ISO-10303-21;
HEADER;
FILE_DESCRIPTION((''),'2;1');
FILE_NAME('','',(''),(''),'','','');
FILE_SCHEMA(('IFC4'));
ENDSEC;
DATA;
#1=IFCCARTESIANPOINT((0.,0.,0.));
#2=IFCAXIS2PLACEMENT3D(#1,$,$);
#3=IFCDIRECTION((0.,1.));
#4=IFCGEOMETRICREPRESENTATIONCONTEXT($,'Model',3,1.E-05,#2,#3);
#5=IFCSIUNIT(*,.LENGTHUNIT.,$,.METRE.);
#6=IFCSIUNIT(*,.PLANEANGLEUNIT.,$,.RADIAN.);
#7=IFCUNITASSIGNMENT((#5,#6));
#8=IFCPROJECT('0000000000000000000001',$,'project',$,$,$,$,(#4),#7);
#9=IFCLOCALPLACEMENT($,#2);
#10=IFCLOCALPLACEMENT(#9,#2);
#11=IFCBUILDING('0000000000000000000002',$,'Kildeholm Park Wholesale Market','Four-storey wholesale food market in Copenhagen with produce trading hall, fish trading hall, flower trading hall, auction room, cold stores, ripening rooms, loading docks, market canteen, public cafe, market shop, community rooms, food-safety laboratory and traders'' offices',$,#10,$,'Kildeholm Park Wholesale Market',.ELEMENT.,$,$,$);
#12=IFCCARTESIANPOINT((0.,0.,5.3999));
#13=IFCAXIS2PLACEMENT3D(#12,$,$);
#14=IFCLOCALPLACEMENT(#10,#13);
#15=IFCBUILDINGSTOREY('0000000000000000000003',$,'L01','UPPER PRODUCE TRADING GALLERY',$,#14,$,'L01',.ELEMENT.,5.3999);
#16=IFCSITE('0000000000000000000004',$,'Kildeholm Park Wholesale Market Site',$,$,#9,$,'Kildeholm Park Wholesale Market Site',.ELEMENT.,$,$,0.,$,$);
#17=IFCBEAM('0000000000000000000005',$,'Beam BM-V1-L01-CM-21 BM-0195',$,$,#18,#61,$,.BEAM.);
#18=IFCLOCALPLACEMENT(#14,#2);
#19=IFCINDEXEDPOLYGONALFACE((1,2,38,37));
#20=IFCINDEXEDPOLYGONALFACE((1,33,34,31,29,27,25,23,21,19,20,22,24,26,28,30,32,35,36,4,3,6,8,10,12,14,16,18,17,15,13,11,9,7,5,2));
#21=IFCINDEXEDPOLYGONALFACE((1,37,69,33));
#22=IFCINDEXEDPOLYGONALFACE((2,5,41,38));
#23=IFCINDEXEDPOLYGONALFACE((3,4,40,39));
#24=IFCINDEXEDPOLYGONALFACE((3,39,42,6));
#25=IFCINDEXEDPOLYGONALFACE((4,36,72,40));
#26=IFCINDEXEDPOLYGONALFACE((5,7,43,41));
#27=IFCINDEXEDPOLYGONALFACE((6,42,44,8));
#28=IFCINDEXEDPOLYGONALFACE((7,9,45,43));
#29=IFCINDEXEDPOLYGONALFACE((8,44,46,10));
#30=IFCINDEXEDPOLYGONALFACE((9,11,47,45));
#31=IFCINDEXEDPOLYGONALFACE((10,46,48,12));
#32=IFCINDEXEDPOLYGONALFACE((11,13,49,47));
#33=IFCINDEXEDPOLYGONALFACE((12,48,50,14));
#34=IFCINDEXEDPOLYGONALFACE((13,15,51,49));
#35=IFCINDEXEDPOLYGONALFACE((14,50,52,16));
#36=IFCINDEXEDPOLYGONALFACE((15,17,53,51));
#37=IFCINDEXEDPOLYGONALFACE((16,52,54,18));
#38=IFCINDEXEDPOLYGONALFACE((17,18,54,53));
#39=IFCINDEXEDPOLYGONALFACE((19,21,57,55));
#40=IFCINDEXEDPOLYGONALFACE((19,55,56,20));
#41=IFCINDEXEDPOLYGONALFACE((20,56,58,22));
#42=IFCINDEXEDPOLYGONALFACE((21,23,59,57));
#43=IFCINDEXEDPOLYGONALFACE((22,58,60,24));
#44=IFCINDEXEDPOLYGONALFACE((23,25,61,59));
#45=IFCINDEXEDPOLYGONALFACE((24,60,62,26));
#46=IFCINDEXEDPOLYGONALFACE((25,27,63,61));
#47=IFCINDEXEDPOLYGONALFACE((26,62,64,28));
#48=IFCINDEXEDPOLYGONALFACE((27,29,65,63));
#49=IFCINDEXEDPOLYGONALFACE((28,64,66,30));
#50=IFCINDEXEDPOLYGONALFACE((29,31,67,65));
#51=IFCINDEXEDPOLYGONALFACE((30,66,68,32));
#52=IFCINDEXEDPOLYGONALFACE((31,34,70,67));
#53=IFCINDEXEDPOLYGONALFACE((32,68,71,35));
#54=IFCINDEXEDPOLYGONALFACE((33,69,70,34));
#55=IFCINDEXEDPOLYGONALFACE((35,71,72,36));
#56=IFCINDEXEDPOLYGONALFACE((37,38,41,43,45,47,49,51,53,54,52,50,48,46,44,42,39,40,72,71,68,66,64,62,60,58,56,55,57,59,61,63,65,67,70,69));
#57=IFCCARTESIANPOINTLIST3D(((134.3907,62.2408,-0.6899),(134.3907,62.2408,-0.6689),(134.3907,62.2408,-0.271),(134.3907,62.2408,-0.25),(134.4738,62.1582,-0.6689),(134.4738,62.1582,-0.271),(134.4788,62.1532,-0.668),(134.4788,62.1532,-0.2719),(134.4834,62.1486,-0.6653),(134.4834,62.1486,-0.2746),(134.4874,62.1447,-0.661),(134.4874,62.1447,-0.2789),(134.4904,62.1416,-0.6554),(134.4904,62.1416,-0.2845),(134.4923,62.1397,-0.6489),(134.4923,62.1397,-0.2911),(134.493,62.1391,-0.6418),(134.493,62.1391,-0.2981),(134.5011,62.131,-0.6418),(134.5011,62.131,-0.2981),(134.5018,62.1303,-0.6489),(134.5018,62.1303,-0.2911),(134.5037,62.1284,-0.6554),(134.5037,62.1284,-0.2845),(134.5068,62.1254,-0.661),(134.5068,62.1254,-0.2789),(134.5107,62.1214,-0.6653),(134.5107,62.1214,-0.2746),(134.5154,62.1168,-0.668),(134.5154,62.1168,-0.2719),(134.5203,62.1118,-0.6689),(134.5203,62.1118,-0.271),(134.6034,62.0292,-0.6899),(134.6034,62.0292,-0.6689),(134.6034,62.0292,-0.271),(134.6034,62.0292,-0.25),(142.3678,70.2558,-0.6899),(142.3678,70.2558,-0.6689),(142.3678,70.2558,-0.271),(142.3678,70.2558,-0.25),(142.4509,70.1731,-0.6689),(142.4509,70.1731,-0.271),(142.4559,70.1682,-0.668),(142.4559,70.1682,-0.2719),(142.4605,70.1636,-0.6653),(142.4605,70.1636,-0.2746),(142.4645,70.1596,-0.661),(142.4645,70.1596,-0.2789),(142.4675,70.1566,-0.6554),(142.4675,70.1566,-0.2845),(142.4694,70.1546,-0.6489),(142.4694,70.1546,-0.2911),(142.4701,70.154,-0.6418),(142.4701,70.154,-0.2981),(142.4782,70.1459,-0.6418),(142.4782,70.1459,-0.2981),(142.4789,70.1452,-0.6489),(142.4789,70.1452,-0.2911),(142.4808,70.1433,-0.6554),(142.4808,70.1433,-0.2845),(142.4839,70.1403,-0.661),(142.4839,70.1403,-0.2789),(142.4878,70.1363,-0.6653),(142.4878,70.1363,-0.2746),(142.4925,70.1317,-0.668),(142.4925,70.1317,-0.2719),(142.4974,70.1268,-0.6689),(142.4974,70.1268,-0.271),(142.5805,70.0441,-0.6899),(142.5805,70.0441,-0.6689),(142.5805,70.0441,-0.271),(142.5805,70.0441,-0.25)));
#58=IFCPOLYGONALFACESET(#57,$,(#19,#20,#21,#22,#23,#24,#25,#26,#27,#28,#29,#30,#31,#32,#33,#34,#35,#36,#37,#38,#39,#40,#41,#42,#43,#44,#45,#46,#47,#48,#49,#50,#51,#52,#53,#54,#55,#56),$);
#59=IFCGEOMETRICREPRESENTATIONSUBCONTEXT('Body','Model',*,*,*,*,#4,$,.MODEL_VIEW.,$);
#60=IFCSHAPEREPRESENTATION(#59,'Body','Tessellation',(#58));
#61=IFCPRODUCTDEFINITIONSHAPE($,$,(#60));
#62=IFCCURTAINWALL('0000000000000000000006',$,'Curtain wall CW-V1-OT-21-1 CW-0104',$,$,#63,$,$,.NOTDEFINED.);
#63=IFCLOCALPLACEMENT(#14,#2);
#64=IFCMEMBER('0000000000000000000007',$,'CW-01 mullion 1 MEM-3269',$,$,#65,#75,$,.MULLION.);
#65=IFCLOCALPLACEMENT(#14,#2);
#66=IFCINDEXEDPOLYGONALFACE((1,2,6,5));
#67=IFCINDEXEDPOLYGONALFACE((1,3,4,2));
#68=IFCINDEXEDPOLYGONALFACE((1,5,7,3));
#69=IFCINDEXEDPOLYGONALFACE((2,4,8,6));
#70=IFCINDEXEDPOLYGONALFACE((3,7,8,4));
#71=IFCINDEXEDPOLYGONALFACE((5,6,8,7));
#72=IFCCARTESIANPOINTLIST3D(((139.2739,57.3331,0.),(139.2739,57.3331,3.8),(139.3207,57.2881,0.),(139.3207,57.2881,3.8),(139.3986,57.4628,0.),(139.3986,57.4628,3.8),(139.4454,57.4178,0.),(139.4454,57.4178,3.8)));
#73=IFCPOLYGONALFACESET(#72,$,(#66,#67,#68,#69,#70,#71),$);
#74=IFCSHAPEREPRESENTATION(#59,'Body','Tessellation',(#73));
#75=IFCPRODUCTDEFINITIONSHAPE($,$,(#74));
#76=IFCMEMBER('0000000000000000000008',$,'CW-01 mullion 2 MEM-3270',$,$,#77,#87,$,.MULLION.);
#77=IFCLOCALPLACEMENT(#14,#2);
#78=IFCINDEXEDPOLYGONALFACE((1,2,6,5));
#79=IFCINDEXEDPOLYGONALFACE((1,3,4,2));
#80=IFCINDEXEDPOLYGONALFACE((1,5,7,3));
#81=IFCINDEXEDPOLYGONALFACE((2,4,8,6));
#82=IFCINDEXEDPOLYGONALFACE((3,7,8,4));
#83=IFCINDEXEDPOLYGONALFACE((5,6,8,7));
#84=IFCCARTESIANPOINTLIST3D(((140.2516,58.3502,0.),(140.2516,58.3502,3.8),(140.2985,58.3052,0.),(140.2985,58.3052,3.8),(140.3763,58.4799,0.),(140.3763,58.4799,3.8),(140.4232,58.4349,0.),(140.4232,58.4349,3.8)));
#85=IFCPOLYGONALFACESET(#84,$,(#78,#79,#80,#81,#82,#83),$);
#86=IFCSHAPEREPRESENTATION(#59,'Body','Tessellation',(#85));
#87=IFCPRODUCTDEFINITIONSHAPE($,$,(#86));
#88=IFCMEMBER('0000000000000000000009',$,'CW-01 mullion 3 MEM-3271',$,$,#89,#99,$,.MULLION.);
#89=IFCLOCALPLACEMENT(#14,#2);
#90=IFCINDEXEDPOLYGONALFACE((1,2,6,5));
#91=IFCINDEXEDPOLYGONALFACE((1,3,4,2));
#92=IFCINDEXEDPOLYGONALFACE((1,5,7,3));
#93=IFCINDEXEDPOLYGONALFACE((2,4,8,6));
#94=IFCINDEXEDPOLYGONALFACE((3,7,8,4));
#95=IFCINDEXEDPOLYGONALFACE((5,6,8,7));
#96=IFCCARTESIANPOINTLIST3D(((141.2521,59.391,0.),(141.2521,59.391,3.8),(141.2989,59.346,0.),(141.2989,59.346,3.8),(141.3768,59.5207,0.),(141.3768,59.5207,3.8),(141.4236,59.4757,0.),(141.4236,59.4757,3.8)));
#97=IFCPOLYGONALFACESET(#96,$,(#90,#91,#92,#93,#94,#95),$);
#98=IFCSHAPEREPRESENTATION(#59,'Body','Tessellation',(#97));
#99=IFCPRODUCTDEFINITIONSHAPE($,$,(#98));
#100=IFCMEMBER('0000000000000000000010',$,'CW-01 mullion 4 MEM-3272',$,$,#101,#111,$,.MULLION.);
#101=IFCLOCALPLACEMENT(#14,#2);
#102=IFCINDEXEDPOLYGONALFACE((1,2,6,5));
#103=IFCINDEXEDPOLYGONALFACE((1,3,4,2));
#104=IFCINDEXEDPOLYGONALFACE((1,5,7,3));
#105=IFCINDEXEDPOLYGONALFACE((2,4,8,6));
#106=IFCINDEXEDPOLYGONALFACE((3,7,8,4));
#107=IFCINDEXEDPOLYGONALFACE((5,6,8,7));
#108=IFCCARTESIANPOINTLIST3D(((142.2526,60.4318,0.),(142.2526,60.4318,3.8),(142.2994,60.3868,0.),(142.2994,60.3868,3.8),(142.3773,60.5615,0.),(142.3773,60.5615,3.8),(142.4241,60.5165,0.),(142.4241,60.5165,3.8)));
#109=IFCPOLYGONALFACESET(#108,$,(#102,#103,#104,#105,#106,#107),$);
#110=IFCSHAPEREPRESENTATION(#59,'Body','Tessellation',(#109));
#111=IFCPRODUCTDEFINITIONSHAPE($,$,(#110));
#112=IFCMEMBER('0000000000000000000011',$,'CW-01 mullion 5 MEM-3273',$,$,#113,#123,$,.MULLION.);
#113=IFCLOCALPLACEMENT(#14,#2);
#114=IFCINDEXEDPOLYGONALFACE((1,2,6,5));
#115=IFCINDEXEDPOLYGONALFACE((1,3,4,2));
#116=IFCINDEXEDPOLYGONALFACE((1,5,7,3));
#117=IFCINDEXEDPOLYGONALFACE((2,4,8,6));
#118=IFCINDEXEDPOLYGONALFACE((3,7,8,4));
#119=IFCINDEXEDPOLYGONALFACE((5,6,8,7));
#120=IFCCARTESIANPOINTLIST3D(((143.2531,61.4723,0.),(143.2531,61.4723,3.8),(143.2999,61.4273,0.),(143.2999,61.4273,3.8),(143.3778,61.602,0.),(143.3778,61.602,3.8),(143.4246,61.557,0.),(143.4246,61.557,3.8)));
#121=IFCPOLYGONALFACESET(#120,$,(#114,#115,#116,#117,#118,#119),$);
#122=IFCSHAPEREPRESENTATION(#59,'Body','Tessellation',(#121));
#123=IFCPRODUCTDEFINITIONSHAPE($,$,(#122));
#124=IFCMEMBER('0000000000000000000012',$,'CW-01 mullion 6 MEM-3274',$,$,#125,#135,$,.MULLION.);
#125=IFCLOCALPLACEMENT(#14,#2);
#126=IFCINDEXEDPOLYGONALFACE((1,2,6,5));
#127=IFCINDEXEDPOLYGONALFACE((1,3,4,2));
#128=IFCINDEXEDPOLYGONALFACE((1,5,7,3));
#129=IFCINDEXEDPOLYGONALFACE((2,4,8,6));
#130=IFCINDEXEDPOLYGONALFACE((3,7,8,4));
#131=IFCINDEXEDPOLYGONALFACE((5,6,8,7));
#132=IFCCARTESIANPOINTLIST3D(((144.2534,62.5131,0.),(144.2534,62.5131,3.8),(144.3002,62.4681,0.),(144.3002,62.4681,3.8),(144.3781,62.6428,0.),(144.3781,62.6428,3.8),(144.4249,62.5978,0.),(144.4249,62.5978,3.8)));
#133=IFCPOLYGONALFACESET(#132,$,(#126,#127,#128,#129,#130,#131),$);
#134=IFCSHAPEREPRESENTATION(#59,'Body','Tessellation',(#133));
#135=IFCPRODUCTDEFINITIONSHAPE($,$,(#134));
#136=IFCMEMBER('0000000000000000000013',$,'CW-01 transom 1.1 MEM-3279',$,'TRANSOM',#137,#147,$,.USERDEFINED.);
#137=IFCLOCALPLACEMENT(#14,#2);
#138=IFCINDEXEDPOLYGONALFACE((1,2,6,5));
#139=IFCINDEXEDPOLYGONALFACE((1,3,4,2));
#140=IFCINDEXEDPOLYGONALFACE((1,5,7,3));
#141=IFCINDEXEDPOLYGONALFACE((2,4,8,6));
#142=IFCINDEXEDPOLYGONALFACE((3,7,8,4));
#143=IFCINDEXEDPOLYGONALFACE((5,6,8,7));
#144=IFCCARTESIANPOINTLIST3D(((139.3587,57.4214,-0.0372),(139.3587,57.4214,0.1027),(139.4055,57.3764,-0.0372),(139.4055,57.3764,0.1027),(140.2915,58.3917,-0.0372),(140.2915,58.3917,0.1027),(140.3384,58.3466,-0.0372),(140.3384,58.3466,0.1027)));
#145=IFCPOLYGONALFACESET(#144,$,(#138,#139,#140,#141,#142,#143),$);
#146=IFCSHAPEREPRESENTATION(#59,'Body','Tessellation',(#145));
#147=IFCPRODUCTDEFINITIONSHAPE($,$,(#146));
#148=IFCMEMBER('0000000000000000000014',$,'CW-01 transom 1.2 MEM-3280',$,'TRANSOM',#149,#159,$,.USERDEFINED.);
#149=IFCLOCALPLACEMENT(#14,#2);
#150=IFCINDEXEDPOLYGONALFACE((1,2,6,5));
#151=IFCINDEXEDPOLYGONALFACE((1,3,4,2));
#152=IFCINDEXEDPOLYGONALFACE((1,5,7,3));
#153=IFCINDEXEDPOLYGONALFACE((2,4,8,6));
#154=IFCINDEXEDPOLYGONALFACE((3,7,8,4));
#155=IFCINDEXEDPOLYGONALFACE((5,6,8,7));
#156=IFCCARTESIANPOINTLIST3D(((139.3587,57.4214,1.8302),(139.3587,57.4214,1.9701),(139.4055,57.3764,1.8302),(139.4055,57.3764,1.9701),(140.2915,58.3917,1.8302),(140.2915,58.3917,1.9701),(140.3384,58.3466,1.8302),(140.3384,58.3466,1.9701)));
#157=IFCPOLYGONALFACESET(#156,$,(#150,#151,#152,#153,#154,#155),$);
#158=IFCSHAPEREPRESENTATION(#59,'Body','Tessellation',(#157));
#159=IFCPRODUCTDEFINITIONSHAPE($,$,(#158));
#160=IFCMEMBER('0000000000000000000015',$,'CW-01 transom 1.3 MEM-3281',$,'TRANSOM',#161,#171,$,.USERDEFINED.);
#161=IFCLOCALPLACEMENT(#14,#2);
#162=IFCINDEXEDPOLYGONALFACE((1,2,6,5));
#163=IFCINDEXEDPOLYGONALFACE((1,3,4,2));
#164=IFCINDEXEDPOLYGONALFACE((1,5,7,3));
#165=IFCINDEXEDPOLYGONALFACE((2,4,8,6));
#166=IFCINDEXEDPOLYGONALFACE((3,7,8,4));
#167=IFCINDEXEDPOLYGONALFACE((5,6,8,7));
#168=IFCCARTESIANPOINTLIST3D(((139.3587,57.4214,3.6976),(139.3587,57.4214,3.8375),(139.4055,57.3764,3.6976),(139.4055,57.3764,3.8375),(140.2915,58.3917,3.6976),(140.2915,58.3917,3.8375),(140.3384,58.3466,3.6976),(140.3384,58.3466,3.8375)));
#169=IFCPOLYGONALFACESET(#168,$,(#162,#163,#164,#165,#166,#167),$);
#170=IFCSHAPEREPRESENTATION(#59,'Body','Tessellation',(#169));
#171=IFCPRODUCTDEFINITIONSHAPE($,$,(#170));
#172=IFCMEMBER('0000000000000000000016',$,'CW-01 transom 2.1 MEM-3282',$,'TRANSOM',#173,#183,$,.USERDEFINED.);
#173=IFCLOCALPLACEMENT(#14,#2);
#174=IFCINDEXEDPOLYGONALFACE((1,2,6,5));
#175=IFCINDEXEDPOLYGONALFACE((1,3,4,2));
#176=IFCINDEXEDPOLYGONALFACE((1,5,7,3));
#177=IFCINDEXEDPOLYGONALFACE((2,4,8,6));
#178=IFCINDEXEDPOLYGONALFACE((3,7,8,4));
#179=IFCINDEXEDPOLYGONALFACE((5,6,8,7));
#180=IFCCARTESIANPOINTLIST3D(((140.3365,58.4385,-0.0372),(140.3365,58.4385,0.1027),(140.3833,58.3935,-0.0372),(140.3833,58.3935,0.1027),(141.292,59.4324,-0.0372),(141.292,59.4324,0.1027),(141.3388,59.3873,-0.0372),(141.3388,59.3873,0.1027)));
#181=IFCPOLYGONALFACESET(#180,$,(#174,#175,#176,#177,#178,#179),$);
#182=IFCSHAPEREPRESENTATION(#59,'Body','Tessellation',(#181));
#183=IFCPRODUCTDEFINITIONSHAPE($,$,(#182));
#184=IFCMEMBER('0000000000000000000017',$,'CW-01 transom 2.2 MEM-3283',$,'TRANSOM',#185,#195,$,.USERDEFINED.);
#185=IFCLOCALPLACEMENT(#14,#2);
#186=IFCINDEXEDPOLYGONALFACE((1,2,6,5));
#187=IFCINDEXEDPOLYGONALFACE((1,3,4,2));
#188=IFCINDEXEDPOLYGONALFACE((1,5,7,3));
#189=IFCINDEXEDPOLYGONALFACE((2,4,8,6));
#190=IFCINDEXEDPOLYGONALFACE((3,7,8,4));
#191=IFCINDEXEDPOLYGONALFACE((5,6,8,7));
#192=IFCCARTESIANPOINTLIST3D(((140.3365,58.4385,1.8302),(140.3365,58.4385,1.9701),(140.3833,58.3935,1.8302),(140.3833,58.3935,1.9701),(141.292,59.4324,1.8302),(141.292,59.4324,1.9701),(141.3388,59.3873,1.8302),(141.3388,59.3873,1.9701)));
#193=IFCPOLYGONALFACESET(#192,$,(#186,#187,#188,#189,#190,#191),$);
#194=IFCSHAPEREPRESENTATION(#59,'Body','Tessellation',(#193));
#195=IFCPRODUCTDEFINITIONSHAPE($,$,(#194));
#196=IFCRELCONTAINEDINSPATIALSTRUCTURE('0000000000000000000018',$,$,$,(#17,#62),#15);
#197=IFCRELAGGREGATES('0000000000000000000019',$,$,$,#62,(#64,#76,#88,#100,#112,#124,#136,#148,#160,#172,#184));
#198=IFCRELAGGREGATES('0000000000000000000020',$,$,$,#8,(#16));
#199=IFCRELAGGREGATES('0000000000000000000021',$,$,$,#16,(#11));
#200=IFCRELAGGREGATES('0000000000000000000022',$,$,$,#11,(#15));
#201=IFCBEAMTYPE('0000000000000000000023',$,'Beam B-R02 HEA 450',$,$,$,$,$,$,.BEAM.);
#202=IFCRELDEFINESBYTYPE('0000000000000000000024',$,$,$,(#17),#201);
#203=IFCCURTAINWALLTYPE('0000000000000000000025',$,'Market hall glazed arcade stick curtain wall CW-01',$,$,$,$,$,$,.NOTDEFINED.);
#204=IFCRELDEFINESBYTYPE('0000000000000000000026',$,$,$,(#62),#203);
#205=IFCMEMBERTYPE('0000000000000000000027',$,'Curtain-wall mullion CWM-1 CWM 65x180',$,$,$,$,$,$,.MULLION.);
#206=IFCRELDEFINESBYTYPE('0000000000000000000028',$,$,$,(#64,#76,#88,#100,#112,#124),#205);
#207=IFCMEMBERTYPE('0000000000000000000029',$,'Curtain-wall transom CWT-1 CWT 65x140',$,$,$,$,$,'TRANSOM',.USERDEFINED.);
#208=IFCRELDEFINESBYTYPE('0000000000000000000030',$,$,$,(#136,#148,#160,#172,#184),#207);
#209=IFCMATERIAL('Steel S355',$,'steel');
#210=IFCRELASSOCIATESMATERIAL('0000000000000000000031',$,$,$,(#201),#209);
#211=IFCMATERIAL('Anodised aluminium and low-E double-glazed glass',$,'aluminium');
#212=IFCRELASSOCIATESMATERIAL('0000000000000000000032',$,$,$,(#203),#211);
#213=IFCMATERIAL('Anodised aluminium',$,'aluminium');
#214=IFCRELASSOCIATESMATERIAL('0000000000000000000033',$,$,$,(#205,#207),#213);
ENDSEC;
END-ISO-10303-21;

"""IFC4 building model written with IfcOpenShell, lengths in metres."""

from ifc_helpers import new_model, si_unit, direction, frame, origin, origin_2d, place, context, subcontext, project, spatial, rectangle, i_section, extrude, material, material_profile, profile_set, type_object, element, aggregate, save


model = new_model("IFC4")

# Units and contexts
model_context = context("Model", 3, precision=1e-05, world=origin(), true_north=direction((0.0, 1.0)))
body_context = subcontext(model_context, "Body", "Model", "MODEL_VIEW")
ifc_project = project(units=[si_unit("LENGTHUNIT", "METRE"), si_unit("PLANEANGLEUNIT", "RADIAN")], contexts=[model_context])

# Site, building, storey
site_placement = place(None, origin())
site = spatial("IfcSite", under=ifc_project, at=site_placement, Name="Kildeholm Park Wholesale Market Site", LongName="Kildeholm Park Wholesale Market Site", CompositionType="ELEMENT", RefElevation=0.0)
building_placement = place(site_placement, origin())
building = spatial("IfcBuilding", under=site, at=building_placement, Name="Kildeholm Park Wholesale Market", Description="Four-storey wholesale food market in Copenhagen with produce trading hall, fish trading hall, flower trading hall, auction room, cold stores, ripening rooms, loading docks, market canteen, public cafe, market shop, community rooms, food-safety laboratory and traders' offices", LongName="Kildeholm Park Wholesale Market", CompositionType="ELEMENT")
storey_placement = place(building_placement, frame((0.0, 0.0, 5.3999)))
storey = spatial("IfcBuildingStorey", under=building, at=storey_placement, Name="L01", Description="UPPER PRODUCE TRADING GALLERY", LongName="L01", CompositionType="ELEMENT", Elevation=5.3999)

# Shared definitions
ifc_material_1 = material(Name="Steel S355", Category="steel")

# Beam
ifc_material_profile_1 = material_profile(ifc_material_1, i_section(OverallWidth=0.3, OverallDepth=0.4399, WebThickness=0.0115, FlangeThickness=0.021, FilletRadius=0.0271, at=origin_2d()), Name="HEA 450")
ifc_profile_set_1 = profile_set([ifc_material_profile_1], Name="Steel S355")
beam_type_1 = type_object("IfcBeamType", Name="Beam B-R02 HEA 450", PredefinedType="BEAM", material=ifc_profile_set_1)
beam_1_placement = place(storey_placement, frame((134.4971, 62.135, -0.47), z_axis=(0.705432, 0.708778, 0.0), x_axis=(-0.708778, 0.705432, 0.0)))
element("IfcBeam", 1, at=beam_1_placement, inside=storey, type_object=beam_type_1, Name="Beam BM-V1-L01-CM-21 BM-0195", PredefinedType="BEAM", context=body_context, shape_type="SweptSolid", body=[
    extrude(i_section(OverallWidth=0.3, OverallDepth=0.4399, WebThickness=0.0115, FlangeThickness=0.021, FilletRadius=0.0271, at=origin_2d()), origin(), (0.0, 0.0, 1.0), 11.3081),
])

# Curtain wall, members
ifc_material_2 = material(Name="Anodised aluminium and low-E double-glazed glass", Category="aluminium")
curtain_wall_type = type_object("IfcCurtainWallType", Name="Market hall glazed arcade stick curtain wall CW-01", PredefinedType="NOTDEFINED", material=ifc_material_2)
curtain_wall_placement = place(storey_placement, origin())
curtain_wall = element("IfcCurtainWall", 2, at=curtain_wall_placement, inside=storey, type_object=curtain_wall_type, Name="Curtain wall CW-V1-OT-21-1 CW-0104", PredefinedType="NOTDEFINED")
ifc_material_3 = material(Name="Anodised aluminium", Category="aluminium")
ifc_material_profile_2 = material_profile(ifc_material_3, rectangle(XDim=0.0649, YDim=0.1799, at=origin_2d()), Name="CWM 65x180")
ifc_profile_set_2 = profile_set([ifc_material_profile_2], Name="Anodised aluminium")
member_type_1 = type_object("IfcMemberType", Name="Curtain-wall mullion CWM-1 CWM 65x180", PredefinedType="MULLION", material=ifc_profile_set_2)
member_1_placement = place(storey_placement, frame((139.3596, 57.3755, 0.0), z_axis=(0.0, 0.0, 1.0), x_axis=(-0.720901, 0.693038, 0.0)))
member_1 = element("IfcMember", 3, at=member_1_placement, type_object=member_type_1, Name="CW-01 mullion 1 MEM-3269", PredefinedType="MULLION", context=body_context, shape_type="SweptSolid", body=[
    extrude(rectangle(XDim=0.0649, YDim=0.1799, at=origin_2d()), origin(), (0.0, 0.0, 1.0), 3.8),
])
member_2_placement = place(storey_placement, frame((140.3374, 58.3926, 0.0), z_axis=(0.0, 0.0, 1.0), x_axis=(-0.720901, 0.693038, 0.0)))
member_2 = element("IfcMember", 4, at=member_2_placement, type_object=member_type_1, Name="CW-01 mullion 2 MEM-3270", PredefinedType="MULLION", context=body_context, shape_type="SweptSolid", body=[
    extrude(rectangle(XDim=0.0649, YDim=0.1799, at=origin_2d()), origin(), (0.0, 0.0, 1.0), 3.8),
])
member_3_placement = place(storey_placement, frame((141.3379, 59.4333, 0.0), z_axis=(0.0, 0.0, 1.0), x_axis=(-0.720901, 0.693038, 0.0)))
member_3 = element("IfcMember", 5, at=member_3_placement, type_object=member_type_1, Name="CW-01 mullion 3 MEM-3271", PredefinedType="MULLION", context=body_context, shape_type="SweptSolid", body=[
    extrude(rectangle(XDim=0.0649, YDim=0.1799, at=origin_2d()), origin(), (0.0, 0.0, 1.0), 3.8),
])
member_4_placement = place(storey_placement, frame((142.3384, 60.4741, 0.0), z_axis=(0.0, 0.0, 1.0), x_axis=(-0.720901, 0.693038, 0.0)))
member_4 = element("IfcMember", 6, at=member_4_placement, type_object=member_type_1, Name="CW-01 mullion 4 MEM-3272", PredefinedType="MULLION", context=body_context, shape_type="SweptSolid", body=[
    extrude(rectangle(XDim=0.0649, YDim=0.1799, at=origin_2d()), origin(), (0.0, 0.0, 1.0), 3.8),
])
member_5_placement = place(storey_placement, frame((143.3389, 61.5146, 0.0), z_axis=(0.0, 0.0, 1.0), x_axis=(-0.720901, 0.693038, 0.0)))
member_5 = element("IfcMember", 7, at=member_5_placement, type_object=member_type_1, Name="CW-01 mullion 5 MEM-3273", PredefinedType="MULLION", context=body_context, shape_type="SweptSolid", body=[
    extrude(rectangle(XDim=0.0649, YDim=0.1799, at=origin_2d()), origin(), (0.0, 0.0, 1.0), 3.8),
])
member_6_placement = place(storey_placement, frame((144.3391, 62.5554, 0.0), z_axis=(0.0, 0.0, 1.0), x_axis=(-0.720901, 0.693038, 0.0)))
member_6 = element("IfcMember", 8, at=member_6_placement, type_object=member_type_1, Name="CW-01 mullion 6 MEM-3274", PredefinedType="MULLION", context=body_context, shape_type="SweptSolid", body=[
    extrude(rectangle(XDim=0.0649, YDim=0.1799, at=origin_2d()), origin(), (0.0, 0.0, 1.0), 3.8),
])
ifc_material_profile_3 = material_profile(ifc_material_3, rectangle(XDim=0.0649, YDim=0.1399, at=origin_2d()), Name="CWT 65x140")
ifc_profile_set_3 = profile_set([ifc_material_profile_3], Name="Anodised aluminium")
member_type_2 = type_object("IfcMemberType", Name="Curtain-wall transom CWT-1 CWT 65x140", ElementType="TRANSOM", PredefinedType="USERDEFINED", material=ifc_profile_set_3)
member_7_placement = place(storey_placement, frame((139.3821, 57.3989, 0.0327), z_axis=(0.693094, 0.720847, 0.0), x_axis=(-0.720847, 0.693094, 0.0)))
member_7 = element("IfcMember", 9, at=member_7_placement, type_object=member_type_2, Name="CW-01 transom 1.1 MEM-3279", ObjectType="TRANSOM", PredefinedType="USERDEFINED", context=body_context, shape_type="SweptSolid", body=[
    extrude(rectangle(XDim=0.0649, YDim=0.1399, at=origin_2d()), origin(), (0.0, 0.0, 1.0), 1.3459),
])
member_8_placement = place(storey_placement, frame((139.3821, 57.3989, 1.9001), z_axis=(0.693094, 0.720847, 0.0), x_axis=(-0.720847, 0.693094, 0.0)))
member_8 = element("IfcMember", 10, at=member_8_placement, type_object=member_type_2, Name="CW-01 transom 1.2 MEM-3280", ObjectType="TRANSOM", PredefinedType="USERDEFINED", context=body_context, shape_type="SweptSolid", body=[
    extrude(rectangle(XDim=0.0649, YDim=0.1399, at=origin_2d()), origin(), (0.0, 0.0, 1.0), 1.3459),
])
member_9_placement = place(storey_placement, frame((139.3821, 57.3989, 3.7676), z_axis=(0.693094, 0.720847, 0.0), x_axis=(-0.720847, 0.693094, 0.0)))
member_9 = element("IfcMember", 11, at=member_9_placement, type_object=member_type_2, Name="CW-01 transom 1.3 MEM-3281", ObjectType="TRANSOM", PredefinedType="USERDEFINED", context=body_context, shape_type="SweptSolid", body=[
    extrude(rectangle(XDim=0.0649, YDim=0.1399, at=origin_2d()), origin(), (0.0, 0.0, 1.0), 1.3459),
])
member_10_placement = place(storey_placement, frame((140.3599, 58.416, 0.0327), z_axis=(0.69307, 0.72087, 0.0), x_axis=(-0.72087, 0.69307, 0.0)))
member_10 = element("IfcMember", 12, at=member_10_placement, type_object=member_type_2, Name="CW-01 transom 2.1 MEM-3282", ObjectType="TRANSOM", PredefinedType="USERDEFINED", context=body_context, shape_type="SweptSolid", body=[
    extrude(rectangle(XDim=0.0649, YDim=0.1399, at=origin_2d()), origin(), (0.0, 0.0, 1.0), 1.3787),
])
member_11_placement = place(storey_placement, frame((140.3599, 58.416, 1.9001), z_axis=(0.69307, 0.72087, 0.0), x_axis=(-0.72087, 0.69307, 0.0)))
member_11 = element("IfcMember", 13, at=member_11_placement, type_object=member_type_2, Name="CW-01 transom 2.2 MEM-3283", ObjectType="TRANSOM", PredefinedType="USERDEFINED", context=body_context, shape_type="SweptSolid", body=[
    extrude(rectangle(XDim=0.0649, YDim=0.1399, at=origin_2d()), origin(), (0.0, 0.0, 1.0), 1.3787),
])
aggregate(curtain_wall, [member_1, member_2, member_3, member_4, member_5, member_6, member_7, member_8, member_9, member_10, member_11])

save(model, "model.ifc")
